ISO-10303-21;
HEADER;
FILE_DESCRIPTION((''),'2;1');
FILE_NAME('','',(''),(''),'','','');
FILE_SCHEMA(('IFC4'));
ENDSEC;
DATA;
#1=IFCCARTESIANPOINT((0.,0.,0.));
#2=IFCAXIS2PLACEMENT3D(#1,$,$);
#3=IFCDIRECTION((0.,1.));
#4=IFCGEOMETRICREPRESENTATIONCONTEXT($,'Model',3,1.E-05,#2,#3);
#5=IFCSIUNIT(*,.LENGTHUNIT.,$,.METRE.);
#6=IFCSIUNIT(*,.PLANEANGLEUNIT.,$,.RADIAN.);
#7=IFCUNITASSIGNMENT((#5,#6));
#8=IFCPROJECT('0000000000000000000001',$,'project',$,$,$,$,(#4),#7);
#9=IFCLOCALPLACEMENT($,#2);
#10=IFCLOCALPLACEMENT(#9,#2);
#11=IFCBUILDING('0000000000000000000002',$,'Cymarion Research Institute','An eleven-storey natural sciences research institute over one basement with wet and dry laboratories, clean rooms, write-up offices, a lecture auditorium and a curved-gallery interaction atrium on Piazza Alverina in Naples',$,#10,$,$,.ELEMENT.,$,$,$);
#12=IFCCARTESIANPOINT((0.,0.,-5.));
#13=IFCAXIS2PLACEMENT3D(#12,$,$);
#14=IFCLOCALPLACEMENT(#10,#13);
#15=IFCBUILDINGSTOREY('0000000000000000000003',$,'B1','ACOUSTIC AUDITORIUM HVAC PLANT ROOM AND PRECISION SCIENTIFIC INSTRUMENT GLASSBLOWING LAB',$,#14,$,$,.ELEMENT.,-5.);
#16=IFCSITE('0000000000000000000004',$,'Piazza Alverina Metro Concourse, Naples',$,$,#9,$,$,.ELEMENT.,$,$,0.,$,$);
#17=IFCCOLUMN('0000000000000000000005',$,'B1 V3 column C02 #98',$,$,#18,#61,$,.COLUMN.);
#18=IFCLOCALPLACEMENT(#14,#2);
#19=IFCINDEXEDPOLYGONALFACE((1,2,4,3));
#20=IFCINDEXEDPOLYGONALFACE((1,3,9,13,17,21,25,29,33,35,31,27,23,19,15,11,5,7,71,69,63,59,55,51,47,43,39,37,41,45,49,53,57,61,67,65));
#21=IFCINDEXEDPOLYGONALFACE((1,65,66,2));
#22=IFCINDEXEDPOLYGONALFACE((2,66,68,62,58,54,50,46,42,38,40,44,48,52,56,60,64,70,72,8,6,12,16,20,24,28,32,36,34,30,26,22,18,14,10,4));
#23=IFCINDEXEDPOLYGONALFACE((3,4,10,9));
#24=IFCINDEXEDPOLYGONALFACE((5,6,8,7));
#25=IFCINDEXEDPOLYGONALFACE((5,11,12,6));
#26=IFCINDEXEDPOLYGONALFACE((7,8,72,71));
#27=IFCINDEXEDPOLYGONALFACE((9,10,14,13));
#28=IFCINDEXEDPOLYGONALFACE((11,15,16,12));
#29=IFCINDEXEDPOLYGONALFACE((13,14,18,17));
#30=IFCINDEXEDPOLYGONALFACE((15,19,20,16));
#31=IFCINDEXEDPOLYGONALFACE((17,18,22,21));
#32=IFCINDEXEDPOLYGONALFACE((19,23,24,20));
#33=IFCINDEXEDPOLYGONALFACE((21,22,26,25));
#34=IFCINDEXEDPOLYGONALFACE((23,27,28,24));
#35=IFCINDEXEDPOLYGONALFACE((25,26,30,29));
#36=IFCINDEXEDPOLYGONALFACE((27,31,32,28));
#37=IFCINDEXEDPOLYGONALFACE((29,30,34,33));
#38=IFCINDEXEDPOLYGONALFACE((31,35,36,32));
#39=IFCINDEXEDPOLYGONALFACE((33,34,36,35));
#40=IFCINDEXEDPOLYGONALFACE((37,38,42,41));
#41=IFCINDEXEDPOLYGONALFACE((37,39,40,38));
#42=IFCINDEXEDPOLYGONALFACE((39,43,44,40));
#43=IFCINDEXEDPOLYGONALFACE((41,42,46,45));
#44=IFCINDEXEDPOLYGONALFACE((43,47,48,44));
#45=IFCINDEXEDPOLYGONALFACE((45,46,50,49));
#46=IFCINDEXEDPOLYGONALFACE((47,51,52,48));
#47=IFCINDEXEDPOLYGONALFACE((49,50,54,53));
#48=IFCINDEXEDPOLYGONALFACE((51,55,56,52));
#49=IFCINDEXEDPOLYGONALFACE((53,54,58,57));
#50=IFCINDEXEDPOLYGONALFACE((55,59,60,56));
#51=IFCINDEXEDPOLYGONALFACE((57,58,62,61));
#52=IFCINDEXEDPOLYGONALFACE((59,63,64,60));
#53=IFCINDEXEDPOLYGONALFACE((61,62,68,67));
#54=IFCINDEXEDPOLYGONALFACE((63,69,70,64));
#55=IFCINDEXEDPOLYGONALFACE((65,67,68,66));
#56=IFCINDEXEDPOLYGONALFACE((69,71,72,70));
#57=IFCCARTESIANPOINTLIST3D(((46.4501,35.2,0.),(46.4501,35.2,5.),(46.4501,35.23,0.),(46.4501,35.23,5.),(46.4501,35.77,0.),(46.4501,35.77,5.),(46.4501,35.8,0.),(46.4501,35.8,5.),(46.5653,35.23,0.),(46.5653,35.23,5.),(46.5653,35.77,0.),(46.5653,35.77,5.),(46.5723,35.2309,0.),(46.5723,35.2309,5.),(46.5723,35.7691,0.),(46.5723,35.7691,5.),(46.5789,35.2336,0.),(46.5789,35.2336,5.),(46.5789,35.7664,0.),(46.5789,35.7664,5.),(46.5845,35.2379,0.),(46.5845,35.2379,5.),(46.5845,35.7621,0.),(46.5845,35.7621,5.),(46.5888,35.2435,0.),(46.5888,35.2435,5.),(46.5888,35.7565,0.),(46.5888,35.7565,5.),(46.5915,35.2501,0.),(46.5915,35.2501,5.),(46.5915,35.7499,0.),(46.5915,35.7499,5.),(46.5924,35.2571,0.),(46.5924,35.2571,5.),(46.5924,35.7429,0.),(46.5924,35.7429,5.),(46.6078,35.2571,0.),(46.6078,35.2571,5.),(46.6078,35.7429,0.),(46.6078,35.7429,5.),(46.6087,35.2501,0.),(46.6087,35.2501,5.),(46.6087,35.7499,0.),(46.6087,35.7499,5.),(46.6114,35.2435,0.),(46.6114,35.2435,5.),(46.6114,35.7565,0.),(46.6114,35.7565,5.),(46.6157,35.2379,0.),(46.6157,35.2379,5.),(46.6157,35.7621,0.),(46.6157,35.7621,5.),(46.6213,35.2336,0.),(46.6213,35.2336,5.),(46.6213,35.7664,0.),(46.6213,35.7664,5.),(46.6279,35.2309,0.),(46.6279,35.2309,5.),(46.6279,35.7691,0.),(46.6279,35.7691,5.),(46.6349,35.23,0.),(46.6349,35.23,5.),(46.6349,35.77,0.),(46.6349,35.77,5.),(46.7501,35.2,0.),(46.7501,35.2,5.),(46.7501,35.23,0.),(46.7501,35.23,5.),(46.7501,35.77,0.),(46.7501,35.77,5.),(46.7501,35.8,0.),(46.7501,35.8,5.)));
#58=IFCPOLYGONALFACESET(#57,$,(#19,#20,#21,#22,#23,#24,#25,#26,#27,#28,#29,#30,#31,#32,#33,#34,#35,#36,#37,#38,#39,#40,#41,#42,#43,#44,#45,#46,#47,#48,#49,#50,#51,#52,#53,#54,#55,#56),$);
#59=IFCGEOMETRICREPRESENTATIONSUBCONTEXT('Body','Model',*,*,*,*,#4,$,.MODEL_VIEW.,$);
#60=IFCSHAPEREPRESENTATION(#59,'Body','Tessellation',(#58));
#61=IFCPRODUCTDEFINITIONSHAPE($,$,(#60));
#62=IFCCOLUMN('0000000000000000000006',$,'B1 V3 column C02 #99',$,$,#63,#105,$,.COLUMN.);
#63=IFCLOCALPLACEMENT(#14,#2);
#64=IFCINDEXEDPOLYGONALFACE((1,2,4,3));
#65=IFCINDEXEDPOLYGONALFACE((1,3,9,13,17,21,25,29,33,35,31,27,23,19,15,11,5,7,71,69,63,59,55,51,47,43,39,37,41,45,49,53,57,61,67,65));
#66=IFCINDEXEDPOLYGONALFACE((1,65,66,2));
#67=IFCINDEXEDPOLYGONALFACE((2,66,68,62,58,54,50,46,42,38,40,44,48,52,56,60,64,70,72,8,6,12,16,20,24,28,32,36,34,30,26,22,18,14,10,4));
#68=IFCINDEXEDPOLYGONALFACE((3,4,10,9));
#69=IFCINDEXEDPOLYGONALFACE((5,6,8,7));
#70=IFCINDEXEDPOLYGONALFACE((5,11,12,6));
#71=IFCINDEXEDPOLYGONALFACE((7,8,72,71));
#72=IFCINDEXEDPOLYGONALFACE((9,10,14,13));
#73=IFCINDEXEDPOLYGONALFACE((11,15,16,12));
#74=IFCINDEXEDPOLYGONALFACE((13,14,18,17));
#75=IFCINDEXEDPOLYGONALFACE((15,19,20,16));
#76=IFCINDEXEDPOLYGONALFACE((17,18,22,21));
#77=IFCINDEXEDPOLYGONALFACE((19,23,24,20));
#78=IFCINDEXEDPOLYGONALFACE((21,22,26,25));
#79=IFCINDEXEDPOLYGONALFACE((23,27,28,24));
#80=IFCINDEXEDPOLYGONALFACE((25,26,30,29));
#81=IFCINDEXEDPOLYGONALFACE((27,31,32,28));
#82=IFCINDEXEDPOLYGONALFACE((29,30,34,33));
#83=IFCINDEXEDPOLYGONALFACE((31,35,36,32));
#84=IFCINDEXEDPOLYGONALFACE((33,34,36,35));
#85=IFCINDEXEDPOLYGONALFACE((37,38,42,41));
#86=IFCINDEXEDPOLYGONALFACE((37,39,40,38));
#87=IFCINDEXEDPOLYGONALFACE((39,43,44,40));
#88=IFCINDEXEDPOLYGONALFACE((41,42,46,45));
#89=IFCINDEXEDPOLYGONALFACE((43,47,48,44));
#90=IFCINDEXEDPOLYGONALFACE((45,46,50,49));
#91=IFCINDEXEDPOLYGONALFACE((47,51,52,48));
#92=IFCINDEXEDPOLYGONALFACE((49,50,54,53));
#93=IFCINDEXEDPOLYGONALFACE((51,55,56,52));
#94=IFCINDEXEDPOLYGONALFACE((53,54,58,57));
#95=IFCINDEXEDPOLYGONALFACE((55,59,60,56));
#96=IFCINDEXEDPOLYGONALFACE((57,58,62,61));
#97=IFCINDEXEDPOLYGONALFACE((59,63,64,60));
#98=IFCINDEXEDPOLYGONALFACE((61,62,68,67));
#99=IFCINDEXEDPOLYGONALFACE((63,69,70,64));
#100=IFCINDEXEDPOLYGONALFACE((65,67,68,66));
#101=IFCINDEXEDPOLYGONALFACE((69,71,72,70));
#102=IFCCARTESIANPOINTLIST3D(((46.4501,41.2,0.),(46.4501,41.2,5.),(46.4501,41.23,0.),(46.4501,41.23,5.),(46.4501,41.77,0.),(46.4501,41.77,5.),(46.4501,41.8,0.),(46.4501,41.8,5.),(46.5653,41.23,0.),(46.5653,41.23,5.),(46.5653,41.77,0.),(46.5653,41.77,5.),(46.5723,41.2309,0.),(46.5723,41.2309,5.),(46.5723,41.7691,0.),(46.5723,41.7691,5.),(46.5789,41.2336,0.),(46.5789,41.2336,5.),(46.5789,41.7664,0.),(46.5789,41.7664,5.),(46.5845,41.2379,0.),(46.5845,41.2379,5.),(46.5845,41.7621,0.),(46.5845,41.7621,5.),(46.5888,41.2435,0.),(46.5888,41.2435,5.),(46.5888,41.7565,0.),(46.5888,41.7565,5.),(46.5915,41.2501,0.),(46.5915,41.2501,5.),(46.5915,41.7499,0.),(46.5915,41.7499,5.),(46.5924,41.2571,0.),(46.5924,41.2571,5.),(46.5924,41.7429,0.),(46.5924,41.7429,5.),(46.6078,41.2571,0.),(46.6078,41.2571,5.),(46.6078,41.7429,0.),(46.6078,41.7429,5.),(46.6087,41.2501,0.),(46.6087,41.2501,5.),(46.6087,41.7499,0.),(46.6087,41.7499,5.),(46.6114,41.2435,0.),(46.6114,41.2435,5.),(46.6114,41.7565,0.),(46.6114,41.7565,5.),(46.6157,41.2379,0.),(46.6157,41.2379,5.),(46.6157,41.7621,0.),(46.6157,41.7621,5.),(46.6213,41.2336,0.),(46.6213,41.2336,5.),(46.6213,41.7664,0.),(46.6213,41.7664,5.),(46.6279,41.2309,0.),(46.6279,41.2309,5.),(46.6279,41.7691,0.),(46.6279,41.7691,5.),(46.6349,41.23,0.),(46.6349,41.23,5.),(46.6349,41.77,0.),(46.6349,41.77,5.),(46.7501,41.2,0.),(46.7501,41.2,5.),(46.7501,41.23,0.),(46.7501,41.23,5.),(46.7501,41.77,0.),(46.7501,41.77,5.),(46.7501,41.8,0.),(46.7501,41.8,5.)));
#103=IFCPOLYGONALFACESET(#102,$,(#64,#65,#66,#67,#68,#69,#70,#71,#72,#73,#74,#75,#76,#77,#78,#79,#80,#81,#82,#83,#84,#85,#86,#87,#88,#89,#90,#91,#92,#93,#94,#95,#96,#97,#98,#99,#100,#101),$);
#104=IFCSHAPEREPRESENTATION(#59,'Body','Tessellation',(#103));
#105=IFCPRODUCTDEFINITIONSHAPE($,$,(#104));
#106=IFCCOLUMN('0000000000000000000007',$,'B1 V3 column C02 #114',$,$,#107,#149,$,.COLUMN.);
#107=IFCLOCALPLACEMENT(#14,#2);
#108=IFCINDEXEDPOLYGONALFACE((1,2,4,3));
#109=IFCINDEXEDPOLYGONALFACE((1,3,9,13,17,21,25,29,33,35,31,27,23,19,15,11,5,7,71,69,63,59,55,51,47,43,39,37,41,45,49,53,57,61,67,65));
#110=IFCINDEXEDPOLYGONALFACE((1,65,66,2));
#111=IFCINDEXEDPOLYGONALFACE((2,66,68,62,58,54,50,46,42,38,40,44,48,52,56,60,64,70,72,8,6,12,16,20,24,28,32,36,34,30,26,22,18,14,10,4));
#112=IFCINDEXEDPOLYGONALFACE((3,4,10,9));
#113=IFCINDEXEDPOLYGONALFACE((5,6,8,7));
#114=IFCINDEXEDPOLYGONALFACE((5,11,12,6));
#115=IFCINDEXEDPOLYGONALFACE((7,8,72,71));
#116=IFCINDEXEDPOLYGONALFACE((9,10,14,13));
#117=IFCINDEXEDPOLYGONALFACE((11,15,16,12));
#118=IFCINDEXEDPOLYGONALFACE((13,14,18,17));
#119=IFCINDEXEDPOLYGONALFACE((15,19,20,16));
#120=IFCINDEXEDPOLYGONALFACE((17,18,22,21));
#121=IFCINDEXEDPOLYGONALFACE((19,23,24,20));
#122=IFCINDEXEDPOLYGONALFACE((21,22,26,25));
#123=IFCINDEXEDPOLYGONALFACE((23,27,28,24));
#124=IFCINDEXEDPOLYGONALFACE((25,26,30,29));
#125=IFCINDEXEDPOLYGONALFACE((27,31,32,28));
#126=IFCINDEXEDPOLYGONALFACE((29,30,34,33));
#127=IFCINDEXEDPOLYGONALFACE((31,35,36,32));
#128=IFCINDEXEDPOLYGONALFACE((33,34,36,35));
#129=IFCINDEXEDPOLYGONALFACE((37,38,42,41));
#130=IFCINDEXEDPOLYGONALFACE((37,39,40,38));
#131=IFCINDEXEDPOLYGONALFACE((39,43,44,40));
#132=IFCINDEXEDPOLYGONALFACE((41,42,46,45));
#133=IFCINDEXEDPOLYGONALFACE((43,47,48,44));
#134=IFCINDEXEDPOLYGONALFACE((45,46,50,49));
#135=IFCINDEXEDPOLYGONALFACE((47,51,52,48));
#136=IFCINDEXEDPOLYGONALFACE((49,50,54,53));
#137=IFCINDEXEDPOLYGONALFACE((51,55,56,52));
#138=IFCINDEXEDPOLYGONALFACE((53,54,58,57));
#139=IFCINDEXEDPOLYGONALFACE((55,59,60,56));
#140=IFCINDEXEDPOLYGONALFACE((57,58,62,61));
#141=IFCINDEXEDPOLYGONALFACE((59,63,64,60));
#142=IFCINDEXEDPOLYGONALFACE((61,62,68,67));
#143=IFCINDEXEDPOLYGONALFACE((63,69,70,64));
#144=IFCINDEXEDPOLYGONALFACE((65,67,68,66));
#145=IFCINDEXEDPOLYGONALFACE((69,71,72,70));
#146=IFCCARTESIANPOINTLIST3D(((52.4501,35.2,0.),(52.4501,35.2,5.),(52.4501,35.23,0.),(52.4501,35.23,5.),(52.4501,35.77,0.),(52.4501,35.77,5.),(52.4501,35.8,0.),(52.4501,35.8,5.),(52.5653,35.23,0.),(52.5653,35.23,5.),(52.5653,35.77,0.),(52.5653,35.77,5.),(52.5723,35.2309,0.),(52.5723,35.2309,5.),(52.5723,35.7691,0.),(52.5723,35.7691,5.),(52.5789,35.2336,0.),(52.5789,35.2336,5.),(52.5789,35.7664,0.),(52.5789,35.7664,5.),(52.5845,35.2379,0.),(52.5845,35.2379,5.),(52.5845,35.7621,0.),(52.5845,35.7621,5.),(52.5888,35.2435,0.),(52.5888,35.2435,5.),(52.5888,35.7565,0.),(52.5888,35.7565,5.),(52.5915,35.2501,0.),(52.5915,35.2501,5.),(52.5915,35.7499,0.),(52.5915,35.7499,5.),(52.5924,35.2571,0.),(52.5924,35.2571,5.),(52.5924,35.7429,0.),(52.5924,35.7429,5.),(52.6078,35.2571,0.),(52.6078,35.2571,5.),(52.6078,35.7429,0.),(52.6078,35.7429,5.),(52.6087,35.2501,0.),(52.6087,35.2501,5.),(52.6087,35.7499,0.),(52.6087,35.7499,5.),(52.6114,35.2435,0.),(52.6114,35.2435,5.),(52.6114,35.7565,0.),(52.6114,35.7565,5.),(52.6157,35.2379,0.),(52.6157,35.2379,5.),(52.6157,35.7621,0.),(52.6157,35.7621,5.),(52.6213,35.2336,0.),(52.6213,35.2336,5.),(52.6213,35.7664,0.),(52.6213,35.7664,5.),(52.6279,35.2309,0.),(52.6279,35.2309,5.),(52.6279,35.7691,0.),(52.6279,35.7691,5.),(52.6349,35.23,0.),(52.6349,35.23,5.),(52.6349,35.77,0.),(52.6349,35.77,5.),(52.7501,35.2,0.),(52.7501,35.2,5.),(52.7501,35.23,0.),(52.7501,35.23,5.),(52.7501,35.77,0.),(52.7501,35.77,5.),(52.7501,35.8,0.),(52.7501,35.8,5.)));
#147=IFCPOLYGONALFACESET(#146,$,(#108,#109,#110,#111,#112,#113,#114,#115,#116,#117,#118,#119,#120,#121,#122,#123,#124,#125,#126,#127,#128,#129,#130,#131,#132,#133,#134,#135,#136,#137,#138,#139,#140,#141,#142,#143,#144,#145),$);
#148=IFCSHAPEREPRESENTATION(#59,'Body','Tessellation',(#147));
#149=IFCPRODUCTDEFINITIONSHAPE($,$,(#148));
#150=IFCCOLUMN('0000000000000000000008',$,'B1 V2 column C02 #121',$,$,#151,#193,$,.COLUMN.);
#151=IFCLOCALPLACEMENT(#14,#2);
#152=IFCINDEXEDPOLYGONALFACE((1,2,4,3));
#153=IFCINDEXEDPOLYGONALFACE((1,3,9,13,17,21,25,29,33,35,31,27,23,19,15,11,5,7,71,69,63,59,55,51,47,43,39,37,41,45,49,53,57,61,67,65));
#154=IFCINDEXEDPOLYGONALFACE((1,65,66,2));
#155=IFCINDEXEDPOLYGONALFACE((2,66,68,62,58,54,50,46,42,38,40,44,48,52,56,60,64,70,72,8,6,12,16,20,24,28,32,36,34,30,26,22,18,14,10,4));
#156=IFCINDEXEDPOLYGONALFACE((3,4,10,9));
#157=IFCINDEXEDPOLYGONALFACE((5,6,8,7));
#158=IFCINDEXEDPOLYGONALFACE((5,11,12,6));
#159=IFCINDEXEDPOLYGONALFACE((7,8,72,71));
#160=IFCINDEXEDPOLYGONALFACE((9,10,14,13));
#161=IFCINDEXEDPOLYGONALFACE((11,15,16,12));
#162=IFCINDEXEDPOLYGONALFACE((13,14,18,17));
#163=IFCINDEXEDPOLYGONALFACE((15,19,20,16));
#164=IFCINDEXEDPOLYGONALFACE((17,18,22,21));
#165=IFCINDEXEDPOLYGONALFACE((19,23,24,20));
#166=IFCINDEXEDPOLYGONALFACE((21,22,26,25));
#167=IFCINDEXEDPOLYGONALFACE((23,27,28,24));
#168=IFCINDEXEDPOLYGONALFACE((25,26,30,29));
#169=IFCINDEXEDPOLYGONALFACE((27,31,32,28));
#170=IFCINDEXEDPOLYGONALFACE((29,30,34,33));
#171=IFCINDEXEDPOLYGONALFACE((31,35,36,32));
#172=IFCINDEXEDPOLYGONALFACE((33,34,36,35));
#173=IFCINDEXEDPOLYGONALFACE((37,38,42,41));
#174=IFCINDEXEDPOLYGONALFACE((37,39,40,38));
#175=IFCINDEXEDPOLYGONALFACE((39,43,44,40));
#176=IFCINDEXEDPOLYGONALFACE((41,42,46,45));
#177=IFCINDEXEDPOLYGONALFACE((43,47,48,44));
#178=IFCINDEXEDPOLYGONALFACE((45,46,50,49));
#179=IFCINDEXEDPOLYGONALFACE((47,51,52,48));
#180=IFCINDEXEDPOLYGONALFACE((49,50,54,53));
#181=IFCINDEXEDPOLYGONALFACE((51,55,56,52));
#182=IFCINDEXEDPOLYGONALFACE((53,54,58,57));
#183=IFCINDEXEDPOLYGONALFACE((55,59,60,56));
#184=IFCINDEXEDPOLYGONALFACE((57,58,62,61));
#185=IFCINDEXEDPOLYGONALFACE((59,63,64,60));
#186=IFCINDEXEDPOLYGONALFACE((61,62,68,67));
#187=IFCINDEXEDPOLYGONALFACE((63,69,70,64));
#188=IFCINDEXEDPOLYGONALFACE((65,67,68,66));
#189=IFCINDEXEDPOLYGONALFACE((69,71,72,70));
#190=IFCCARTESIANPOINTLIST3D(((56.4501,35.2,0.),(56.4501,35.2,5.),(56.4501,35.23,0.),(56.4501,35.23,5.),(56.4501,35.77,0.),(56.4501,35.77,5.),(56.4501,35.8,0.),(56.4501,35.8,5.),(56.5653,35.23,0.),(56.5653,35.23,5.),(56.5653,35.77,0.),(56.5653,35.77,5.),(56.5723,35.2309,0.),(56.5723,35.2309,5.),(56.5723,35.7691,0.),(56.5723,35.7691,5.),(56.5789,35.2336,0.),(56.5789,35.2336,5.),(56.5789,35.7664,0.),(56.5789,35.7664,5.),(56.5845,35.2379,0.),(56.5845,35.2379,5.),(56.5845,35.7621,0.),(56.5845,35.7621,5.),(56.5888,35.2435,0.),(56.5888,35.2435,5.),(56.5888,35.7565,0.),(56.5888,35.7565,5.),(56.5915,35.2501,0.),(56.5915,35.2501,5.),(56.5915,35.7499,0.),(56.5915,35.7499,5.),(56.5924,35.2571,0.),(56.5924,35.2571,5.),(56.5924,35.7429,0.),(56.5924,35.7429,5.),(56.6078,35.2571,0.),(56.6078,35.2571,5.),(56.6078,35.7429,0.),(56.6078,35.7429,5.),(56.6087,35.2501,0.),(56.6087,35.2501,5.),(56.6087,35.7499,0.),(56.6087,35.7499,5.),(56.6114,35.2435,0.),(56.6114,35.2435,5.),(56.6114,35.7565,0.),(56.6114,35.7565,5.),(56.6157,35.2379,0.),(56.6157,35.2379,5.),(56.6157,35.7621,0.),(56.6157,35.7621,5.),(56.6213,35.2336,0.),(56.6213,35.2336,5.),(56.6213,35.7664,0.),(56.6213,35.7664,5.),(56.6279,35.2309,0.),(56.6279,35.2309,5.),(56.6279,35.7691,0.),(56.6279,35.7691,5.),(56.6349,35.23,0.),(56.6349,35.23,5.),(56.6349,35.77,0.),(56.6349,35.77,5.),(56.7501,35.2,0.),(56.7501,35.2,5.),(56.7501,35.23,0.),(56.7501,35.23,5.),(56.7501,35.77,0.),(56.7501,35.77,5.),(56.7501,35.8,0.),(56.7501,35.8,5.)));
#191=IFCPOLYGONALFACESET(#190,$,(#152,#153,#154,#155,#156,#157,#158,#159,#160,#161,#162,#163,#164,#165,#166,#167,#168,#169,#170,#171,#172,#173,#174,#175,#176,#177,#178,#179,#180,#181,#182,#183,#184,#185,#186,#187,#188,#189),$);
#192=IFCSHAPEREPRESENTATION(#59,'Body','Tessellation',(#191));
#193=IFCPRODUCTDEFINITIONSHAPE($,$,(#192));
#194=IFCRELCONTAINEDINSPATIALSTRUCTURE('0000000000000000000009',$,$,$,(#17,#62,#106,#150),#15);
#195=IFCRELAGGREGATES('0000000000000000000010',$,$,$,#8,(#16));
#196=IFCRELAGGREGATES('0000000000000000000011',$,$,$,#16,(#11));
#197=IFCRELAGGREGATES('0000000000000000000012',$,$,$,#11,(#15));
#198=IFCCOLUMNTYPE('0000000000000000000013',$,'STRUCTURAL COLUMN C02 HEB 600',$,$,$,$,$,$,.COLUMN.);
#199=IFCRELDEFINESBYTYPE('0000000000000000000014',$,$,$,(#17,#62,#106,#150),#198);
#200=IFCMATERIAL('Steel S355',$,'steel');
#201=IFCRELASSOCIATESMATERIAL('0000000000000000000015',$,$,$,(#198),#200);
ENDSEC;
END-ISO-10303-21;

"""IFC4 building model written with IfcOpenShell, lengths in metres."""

from ifc_helpers import new_model, si_unit, direction, frame, origin, origin_2d, place, context, subcontext, project, spatial, i_section, extrude, material, material_profile, profile_set, type_object, element, save


model = new_model("IFC4")

# Units and contexts
model_context = context("Model", 3, precision=1e-05, world=origin(), true_north=direction((0.0, 1.0)))
body_context = subcontext(model_context, "Body", "Model", "MODEL_VIEW")
ifc_project = project(units=[si_unit("LENGTHUNIT", "METRE"), si_unit("PLANEANGLEUNIT", "RADIAN")], contexts=[model_context])

# Site, building, storey
site_placement = place(None, origin())
site = spatial("IfcSite", under=ifc_project, at=site_placement, Name="Piazza Alverina Metro Concourse, Naples", CompositionType="ELEMENT", RefElevation=0.0)
building_placement = place(site_placement, origin())
building = spatial("IfcBuilding", under=site, at=building_placement, Name="Cymarion Research Institute", Description="An eleven-storey natural sciences research institute over one basement with wet and dry laboratories, clean rooms, write-up offices, a lecture auditorium and a curved-gallery interaction atrium on Piazza Alverina in Naples", CompositionType="ELEMENT")
storey_placement = place(building_placement, frame((0.0, 0.0, -5.0)))
storey = spatial("IfcBuildingStorey", under=building, at=storey_placement, Name="B1", Description="ACOUSTIC AUDITORIUM HVAC PLANT ROOM AND PRECISION SCIENTIFIC INSTRUMENT GLASSBLOWING LAB", CompositionType="ELEMENT", Elevation=-5.0)

# Columns
ifc_material_1 = material(Name="Steel S355", Category="steel")
ifc_material_profile_1 = material_profile(ifc_material_1, i_section(OverallWidth=0.3, OverallDepth=0.6001, WebThickness=0.0154, FlangeThickness=0.03, FilletRadius=0.0271, at=origin_2d()), Name="HEB 600")
ifc_profile_set_1 = profile_set([ifc_material_profile_1], Name="Steel S355")
column_type_1 = type_object("IfcColumnType", Name="STRUCTURAL COLUMN C02 HEB 600", PredefinedType="COLUMN", material=ifc_profile_set_1)
for number, where, z_axis, x_axis, name in (
    (1, (46.6001, 35.5, 0.0), (0.0, 0.0, 1.0), (1.0, 0.0, 0.0), "B1 V3 column C02 #98"),
    (2, (46.6001, 41.5, 0.0), (0.0, 0.0, 1.0), (1.0, 0.0, 0.0), "B1 V3 column C02 #99"),
    (3, (52.6001, 35.5, 0.0), (0.0, 0.0, 1.0), (1.0, 0.0, 0.0), "B1 V3 column C02 #114"),
    (4, (56.6001, 35.5, 0.0), (0.0, 0.0, 1.0), (1.0, 0.0, 0.0), "B1 V2 column C02 #121"),
):
    element("IfcColumn", number, at=place(storey_placement, frame(where, z_axis=z_axis, x_axis=x_axis)), inside=storey, type_object=column_type_1, Name=name, PredefinedType="COLUMN", context=body_context, shape_type="SweptSolid", body=[
        extrude(i_section(OverallWidth=0.3, OverallDepth=0.6001, WebThickness=0.0154, FlangeThickness=0.03, FilletRadius=0.0271, at=origin_2d()), origin(), (0.0, 0.0, 1.0), 5.0),
    ])

save(model, "model.ifc")
